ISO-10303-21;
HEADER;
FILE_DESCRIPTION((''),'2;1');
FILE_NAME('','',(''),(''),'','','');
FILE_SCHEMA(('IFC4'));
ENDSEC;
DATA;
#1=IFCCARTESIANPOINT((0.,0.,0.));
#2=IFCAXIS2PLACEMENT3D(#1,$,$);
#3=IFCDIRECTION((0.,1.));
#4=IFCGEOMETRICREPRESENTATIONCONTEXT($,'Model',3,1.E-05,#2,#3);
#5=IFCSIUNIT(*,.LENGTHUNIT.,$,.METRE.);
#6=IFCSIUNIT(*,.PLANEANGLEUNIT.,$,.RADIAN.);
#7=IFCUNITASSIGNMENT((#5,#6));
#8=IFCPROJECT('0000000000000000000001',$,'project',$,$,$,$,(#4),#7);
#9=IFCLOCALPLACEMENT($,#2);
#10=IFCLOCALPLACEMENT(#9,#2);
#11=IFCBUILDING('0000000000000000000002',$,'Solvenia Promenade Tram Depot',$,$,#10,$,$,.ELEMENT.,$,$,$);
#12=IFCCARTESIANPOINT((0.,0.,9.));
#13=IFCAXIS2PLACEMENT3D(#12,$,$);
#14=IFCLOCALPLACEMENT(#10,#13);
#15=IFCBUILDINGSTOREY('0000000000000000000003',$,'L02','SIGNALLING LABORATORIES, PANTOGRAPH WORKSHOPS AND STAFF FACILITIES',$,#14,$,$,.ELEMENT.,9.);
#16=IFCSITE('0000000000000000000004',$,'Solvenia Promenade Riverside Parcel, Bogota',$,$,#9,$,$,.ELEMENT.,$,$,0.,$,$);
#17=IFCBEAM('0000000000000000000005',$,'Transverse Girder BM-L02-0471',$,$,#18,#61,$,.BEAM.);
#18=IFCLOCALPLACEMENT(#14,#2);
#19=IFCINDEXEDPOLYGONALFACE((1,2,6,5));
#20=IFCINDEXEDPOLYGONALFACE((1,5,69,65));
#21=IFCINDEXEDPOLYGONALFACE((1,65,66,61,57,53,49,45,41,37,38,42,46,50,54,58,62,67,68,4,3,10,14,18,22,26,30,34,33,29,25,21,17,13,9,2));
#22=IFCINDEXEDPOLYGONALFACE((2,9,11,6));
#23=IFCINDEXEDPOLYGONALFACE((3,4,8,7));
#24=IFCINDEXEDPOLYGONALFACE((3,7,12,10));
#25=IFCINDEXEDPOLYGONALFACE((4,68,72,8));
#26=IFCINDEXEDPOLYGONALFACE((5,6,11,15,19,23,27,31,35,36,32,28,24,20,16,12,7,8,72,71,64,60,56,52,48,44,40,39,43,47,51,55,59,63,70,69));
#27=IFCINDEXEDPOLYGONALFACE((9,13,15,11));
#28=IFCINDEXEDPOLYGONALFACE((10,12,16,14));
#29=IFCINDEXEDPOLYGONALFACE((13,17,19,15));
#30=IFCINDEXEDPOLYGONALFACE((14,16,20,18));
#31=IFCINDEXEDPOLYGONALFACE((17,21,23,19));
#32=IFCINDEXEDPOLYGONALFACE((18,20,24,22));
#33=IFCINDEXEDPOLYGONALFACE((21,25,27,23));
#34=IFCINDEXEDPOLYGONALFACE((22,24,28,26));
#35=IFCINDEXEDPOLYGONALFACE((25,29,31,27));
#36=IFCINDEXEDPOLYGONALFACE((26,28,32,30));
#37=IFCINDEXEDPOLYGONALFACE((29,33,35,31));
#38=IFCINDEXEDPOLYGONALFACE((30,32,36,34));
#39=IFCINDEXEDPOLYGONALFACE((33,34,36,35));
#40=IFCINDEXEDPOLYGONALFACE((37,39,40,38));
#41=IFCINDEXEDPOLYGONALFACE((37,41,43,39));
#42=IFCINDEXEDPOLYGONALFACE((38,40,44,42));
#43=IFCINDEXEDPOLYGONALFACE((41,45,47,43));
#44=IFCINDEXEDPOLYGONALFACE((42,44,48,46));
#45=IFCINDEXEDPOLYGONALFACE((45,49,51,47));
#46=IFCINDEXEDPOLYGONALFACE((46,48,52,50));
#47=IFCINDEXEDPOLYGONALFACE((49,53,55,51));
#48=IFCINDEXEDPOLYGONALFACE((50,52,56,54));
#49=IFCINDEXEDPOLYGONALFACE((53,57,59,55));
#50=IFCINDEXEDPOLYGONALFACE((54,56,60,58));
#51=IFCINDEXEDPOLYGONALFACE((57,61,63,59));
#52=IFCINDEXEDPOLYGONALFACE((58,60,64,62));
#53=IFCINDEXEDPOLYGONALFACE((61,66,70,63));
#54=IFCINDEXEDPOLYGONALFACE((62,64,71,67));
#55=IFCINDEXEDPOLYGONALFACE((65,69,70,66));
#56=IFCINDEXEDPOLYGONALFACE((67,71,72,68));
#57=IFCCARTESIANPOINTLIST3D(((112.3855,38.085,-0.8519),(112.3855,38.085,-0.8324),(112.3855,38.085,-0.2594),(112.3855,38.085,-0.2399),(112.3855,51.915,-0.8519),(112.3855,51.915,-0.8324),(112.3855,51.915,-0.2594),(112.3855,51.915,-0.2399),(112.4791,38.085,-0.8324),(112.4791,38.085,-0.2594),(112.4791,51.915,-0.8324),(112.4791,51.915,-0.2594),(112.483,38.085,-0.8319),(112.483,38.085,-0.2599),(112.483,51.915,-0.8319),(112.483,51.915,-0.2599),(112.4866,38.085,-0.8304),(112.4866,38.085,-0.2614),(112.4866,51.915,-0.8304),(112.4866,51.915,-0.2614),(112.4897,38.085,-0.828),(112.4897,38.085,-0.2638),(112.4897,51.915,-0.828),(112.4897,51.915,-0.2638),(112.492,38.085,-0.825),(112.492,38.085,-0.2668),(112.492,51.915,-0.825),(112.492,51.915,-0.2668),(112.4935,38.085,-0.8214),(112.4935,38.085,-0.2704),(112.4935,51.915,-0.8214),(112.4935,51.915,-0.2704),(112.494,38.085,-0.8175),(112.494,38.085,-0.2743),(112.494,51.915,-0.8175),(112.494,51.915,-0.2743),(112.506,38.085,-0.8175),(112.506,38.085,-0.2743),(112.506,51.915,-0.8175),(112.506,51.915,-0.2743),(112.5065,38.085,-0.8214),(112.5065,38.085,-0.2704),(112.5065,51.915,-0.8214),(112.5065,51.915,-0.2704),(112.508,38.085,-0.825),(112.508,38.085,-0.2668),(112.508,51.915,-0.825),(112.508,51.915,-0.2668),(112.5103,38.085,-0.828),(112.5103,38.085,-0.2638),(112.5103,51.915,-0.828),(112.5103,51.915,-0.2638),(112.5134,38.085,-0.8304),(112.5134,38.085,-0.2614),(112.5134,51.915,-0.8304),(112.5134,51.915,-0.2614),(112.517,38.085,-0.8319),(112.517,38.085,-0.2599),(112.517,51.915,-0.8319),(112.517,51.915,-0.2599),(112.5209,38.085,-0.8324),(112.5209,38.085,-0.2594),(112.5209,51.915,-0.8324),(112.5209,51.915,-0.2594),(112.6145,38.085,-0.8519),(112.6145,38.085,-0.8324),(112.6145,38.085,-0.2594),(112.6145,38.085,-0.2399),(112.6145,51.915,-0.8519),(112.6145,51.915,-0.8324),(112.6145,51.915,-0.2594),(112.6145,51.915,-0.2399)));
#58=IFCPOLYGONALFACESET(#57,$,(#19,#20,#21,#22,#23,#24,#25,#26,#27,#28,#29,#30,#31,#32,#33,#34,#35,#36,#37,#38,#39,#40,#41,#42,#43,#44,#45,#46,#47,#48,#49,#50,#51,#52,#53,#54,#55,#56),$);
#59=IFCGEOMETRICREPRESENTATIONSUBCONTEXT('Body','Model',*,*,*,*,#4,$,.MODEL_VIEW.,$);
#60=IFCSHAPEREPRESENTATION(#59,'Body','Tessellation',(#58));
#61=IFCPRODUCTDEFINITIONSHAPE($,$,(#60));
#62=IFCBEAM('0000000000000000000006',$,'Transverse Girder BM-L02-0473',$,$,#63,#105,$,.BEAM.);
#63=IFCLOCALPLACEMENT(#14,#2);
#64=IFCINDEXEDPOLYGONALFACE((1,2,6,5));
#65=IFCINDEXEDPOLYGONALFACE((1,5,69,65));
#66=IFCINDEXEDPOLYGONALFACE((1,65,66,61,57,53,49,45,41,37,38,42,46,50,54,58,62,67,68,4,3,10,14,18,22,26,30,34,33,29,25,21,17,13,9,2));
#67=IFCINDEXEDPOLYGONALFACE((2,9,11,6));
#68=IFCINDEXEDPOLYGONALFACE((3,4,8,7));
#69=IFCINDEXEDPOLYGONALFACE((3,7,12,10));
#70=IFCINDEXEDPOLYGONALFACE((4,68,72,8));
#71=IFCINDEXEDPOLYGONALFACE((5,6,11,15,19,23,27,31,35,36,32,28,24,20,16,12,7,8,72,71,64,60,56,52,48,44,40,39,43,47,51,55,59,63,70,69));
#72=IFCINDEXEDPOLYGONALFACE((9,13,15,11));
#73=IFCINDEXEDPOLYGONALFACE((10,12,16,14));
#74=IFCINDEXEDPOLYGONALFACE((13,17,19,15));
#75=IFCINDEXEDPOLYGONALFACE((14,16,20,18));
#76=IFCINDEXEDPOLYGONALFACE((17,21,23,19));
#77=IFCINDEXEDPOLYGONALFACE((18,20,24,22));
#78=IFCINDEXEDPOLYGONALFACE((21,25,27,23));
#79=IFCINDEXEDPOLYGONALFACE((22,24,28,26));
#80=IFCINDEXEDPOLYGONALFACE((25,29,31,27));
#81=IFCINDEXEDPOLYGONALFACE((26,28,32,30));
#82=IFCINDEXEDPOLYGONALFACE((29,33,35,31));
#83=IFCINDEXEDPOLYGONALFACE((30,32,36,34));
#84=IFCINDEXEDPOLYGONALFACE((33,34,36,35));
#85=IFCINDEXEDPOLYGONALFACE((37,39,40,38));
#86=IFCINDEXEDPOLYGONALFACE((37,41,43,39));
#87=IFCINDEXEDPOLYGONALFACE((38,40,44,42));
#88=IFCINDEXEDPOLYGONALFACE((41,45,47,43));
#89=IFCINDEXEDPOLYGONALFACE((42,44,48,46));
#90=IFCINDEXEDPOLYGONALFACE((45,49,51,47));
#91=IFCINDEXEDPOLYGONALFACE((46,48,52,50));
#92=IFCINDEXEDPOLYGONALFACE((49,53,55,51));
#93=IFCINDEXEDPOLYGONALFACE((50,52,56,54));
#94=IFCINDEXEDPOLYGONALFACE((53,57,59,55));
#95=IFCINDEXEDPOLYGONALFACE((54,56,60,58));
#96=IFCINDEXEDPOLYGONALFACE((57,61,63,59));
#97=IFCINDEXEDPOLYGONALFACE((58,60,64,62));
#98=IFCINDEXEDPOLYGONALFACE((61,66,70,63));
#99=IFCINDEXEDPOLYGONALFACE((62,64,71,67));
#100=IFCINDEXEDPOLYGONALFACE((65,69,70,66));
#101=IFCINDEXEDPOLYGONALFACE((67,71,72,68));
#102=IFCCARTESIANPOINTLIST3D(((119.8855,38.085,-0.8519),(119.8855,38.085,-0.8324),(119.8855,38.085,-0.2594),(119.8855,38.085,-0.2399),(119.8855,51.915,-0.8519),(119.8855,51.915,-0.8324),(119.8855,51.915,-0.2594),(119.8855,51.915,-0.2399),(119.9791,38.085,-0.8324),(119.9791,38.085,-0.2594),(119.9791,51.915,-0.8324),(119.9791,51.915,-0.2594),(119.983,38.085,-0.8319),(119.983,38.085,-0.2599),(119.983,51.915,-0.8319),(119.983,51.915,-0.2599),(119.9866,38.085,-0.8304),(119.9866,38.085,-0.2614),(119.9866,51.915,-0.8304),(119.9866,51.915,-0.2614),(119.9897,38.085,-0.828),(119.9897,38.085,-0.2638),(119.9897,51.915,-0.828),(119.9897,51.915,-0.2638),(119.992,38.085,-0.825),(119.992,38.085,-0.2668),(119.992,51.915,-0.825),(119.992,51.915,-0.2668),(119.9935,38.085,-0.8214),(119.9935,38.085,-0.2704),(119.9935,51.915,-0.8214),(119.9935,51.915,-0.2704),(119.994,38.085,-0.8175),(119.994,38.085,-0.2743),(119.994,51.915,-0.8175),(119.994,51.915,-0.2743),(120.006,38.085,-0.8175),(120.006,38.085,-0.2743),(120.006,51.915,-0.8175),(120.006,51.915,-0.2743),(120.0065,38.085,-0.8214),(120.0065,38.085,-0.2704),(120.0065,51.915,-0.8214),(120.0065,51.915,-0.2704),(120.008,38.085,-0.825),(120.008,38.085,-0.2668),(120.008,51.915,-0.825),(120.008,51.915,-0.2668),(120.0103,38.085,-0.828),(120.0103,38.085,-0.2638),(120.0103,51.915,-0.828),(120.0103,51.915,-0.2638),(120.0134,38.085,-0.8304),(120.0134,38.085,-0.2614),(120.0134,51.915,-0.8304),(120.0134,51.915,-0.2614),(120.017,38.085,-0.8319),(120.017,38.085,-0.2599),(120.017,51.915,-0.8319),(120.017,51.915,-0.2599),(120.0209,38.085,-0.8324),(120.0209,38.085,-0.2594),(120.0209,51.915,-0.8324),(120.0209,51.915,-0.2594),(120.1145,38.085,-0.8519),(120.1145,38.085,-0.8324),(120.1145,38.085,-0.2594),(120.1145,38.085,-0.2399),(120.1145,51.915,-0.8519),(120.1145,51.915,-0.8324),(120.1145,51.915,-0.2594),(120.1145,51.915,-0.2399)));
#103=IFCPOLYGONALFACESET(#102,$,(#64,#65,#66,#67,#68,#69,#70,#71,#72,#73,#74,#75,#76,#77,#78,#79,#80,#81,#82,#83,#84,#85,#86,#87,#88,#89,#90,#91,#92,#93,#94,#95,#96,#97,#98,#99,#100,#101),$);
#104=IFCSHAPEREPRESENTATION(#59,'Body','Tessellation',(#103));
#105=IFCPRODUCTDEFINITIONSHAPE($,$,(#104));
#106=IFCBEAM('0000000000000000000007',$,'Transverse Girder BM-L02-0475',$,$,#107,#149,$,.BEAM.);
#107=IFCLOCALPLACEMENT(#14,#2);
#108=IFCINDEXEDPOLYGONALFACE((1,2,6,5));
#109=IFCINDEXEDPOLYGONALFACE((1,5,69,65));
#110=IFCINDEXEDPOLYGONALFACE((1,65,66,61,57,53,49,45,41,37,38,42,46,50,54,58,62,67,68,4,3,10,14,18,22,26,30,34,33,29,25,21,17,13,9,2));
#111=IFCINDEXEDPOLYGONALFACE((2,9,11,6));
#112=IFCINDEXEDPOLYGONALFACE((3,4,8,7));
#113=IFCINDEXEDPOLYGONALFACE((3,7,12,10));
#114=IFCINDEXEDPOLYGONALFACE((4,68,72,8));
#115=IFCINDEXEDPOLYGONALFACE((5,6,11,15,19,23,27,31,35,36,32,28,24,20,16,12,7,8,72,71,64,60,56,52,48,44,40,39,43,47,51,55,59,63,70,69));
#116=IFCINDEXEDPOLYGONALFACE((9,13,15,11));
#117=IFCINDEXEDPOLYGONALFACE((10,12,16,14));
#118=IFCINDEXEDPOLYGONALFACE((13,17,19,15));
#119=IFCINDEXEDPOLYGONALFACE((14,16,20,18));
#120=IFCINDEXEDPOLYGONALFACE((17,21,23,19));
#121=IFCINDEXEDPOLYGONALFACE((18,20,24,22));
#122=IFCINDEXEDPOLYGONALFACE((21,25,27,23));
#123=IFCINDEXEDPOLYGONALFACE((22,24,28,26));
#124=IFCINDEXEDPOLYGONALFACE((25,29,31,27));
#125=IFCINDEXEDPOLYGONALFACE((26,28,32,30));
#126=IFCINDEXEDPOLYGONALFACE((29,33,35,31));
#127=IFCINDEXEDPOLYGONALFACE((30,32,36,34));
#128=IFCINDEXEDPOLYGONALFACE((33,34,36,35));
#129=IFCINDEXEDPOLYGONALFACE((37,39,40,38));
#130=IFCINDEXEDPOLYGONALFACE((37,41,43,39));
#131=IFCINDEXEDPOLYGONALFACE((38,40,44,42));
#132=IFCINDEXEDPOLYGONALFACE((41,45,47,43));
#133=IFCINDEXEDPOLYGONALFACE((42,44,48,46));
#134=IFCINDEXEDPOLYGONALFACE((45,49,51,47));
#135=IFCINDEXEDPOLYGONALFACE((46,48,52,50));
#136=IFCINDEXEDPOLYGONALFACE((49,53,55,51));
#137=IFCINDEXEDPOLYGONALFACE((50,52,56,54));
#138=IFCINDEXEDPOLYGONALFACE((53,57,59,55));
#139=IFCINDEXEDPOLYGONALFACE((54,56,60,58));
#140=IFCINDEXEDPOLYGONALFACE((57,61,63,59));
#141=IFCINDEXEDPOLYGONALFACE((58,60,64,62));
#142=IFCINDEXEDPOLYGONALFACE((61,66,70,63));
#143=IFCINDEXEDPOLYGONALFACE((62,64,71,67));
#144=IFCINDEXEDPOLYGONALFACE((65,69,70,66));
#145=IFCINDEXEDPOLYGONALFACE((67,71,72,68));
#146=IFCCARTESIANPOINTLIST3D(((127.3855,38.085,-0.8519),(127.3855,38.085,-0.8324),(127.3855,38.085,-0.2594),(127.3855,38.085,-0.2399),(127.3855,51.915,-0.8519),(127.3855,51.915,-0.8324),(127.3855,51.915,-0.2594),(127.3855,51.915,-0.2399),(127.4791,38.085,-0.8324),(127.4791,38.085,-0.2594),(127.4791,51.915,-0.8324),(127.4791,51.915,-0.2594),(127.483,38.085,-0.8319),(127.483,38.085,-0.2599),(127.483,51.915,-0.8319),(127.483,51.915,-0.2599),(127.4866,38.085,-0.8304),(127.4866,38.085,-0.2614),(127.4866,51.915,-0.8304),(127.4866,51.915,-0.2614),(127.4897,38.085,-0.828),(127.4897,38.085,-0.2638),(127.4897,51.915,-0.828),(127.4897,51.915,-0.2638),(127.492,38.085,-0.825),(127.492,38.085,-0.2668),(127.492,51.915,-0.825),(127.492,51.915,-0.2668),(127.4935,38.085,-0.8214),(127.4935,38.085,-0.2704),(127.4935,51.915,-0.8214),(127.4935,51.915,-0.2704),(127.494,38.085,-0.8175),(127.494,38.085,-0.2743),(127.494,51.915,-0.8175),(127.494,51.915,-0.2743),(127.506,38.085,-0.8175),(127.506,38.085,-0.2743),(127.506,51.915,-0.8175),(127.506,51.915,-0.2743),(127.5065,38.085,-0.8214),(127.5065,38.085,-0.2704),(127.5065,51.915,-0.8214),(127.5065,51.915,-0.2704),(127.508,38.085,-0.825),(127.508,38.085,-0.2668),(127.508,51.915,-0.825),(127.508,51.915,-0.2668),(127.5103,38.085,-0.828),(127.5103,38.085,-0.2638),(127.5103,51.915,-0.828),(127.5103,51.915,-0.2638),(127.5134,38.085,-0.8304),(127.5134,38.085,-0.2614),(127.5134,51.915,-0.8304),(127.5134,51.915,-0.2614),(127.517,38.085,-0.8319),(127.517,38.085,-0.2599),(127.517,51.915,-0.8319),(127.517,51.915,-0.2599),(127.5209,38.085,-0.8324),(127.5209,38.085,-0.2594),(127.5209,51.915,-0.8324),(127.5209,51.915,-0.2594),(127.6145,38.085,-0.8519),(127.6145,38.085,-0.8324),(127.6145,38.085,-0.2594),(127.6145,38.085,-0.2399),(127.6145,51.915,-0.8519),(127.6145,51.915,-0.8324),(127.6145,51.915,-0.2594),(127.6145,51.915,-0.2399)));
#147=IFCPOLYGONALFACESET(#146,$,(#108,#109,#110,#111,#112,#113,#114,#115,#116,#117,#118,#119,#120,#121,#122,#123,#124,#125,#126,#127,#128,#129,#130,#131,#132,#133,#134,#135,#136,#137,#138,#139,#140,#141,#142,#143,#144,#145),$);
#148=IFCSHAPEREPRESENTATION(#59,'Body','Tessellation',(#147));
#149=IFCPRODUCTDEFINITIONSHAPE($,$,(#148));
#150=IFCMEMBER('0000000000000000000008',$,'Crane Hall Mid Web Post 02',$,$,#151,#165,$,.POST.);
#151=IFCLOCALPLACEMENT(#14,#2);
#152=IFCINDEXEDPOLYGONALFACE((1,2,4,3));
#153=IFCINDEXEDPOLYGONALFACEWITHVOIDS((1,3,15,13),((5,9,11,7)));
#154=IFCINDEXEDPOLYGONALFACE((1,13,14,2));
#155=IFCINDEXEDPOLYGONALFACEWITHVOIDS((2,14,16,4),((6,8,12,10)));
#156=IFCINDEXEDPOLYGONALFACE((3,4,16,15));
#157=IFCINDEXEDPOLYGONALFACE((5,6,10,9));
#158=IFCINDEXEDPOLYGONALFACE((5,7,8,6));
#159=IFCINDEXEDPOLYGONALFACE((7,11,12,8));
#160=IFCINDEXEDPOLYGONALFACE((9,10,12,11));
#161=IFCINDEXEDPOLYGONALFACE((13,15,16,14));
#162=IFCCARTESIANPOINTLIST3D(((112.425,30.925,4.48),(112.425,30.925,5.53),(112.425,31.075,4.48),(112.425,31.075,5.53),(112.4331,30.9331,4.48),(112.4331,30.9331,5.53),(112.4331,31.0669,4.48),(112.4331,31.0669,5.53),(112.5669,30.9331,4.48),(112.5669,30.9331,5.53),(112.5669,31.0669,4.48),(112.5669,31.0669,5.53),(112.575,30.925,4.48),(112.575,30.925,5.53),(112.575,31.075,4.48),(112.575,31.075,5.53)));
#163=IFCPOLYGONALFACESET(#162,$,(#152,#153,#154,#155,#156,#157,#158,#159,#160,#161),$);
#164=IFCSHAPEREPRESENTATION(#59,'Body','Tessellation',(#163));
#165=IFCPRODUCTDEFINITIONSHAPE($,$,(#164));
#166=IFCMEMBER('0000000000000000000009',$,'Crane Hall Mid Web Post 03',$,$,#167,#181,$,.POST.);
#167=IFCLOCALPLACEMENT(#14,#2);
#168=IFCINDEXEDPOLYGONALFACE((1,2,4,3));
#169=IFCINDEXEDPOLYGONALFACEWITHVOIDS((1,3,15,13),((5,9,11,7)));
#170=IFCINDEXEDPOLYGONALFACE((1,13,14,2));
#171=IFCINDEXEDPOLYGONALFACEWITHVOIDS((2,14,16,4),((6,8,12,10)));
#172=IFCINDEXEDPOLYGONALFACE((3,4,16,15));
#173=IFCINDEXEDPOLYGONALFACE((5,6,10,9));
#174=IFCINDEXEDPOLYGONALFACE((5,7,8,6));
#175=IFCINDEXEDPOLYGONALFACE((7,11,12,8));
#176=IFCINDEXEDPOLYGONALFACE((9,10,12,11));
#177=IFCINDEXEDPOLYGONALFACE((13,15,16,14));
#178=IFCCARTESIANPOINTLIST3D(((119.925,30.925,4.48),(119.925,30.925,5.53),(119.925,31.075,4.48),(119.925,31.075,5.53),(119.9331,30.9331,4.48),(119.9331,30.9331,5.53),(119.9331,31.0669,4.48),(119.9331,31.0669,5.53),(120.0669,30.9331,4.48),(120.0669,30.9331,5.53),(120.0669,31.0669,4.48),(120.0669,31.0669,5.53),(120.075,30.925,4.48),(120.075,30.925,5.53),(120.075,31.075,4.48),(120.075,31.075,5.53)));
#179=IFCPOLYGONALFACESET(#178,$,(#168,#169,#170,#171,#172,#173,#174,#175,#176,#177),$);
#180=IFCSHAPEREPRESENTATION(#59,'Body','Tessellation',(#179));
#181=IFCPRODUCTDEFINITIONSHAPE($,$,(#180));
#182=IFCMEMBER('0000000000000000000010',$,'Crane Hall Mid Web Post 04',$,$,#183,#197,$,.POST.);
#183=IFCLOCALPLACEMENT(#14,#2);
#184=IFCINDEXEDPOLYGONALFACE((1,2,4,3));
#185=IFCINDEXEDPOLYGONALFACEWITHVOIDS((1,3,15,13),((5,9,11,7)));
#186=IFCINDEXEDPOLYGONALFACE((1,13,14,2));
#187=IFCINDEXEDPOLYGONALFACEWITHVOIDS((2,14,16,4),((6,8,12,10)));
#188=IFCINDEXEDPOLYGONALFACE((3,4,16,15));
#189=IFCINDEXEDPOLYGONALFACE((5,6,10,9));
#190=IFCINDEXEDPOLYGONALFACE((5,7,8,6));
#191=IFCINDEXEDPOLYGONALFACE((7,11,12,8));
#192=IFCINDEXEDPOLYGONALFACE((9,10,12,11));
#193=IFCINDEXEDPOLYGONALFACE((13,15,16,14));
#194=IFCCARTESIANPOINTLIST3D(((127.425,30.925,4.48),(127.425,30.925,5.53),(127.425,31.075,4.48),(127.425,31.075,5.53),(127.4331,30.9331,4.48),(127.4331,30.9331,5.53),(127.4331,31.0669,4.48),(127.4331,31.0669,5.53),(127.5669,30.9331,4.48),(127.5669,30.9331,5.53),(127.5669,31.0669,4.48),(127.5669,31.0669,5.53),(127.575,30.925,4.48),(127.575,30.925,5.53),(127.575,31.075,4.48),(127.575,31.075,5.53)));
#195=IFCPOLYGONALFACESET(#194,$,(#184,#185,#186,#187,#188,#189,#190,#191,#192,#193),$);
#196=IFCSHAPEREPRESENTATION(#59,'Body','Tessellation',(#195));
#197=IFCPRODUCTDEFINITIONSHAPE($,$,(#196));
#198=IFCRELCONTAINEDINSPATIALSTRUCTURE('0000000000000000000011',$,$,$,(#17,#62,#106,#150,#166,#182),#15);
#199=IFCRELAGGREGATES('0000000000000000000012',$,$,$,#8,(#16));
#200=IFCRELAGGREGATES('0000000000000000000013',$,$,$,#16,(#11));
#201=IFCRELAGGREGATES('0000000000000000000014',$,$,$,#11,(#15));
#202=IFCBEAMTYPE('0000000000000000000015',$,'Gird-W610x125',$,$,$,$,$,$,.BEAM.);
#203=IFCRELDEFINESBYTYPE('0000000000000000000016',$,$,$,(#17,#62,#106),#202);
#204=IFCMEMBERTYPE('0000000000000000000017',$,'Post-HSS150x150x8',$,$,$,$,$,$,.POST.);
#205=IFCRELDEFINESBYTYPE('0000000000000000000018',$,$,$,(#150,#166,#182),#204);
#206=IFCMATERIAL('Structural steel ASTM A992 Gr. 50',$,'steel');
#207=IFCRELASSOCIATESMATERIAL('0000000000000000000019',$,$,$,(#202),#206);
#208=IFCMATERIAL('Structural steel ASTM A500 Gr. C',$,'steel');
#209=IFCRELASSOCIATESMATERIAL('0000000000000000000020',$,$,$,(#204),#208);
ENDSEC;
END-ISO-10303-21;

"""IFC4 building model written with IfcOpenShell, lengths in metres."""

from ifc_helpers import new_model, si_unit, direction, frame, origin, origin_2d, place, context, subcontext, project, spatial, hollow_rectangle, i_section, extrude, material, material_profile, profile_set, type_object, element, save


model = new_model("IFC4")

# Units and contexts
model_context = context("Model", 3, precision=1e-05, world=origin(), true_north=direction((0.0, 1.0)))
body_context = subcontext(model_context, "Body", "Model", "MODEL_VIEW")
ifc_project = project(units=[si_unit("LENGTHUNIT", "METRE"), si_unit("PLANEANGLEUNIT", "RADIAN")], contexts=[model_context])

# Site, building, storey
site_placement = place(None, origin())
site = spatial("IfcSite", under=ifc_project, at=site_placement, Name="Solvenia Promenade Riverside Parcel, Bogota", CompositionType="ELEMENT", RefElevation=0.0)
building_placement = place(site_placement, origin())
building = spatial("IfcBuilding", under=site, at=building_placement, Name="Solvenia Promenade Tram Depot", CompositionType="ELEMENT")
storey_placement = place(building_placement, frame((0.0, 0.0, 9.0)))
storey = spatial("IfcBuildingStorey", under=building, at=storey_placement, Name="L02", Description="SIGNALLING LABORATORIES, PANTOGRAPH WORKSHOPS AND STAFF FACILITIES", CompositionType="ELEMENT", Elevation=9.0)

# Shared definitions
ifc_material_1 = material(Name="Structural steel ASTM A992 Gr. 50", Category="steel")

# Shared definitions
ifc_material_2 = material(Name="Structural steel ASTM A500 Gr. C", Category="steel")

# Beams
ifc_material_profile_1 = material_profile(ifc_material_1, i_section(OverallWidth=0.229, OverallDepth=0.6121, WebThickness=0.012, FlangeThickness=0.0195, FilletRadius=0.0149, at=origin_2d()), Name="W610x125", Category="steel")
ifc_profile_set_1 = profile_set([ifc_material_profile_1], Name="Structural steel ASTM A992 Gr. 50")
beam_type_1 = type_object("IfcBeamType", Name="Gird-W610x125", PredefinedType="BEAM", material=ifc_profile_set_1)
for number, where, z_axis, x_axis, name in (
    (1, (112.5, 38.085, -0.5459), (0.0, 1.0, 0.0), (-1.0, 0.0, 0.0), "Transverse Girder BM-L02-0471"),
    (2, (120.0, 38.085, -0.5459), (0.0, 1.0, 0.0), (-1.0, 0.0, 0.0), "Transverse Girder BM-L02-0473"),
    (3, (127.5, 38.085, -0.5459), (0.0, 1.0, 0.0), (-1.0, 0.0, 0.0), "Transverse Girder BM-L02-0475"),
):
    element("IfcBeam", number, at=place(storey_placement, frame(where, z_axis=z_axis, x_axis=x_axis)), inside=storey, type_object=beam_type_1, Name=name, PredefinedType="BEAM", context=body_context, shape_type="SweptSolid", body=[
        extrude(i_section(OverallWidth=0.229, OverallDepth=0.6121, WebThickness=0.012, FlangeThickness=0.0195, FilletRadius=0.0149, at=origin_2d()), origin(), (0.0, 0.0, 1.0), 13.8301),
    ])

# Members
ifc_material_profile_2 = material_profile(ifc_material_2, hollow_rectangle(XDim=0.1499, YDim=0.1499, WallThickness=0.0081, at=origin_2d()), Name="HSS150x150x8", Category="steel")
ifc_profile_set_2 = profile_set([ifc_material_profile_2], Name="Structural steel ASTM A500 Gr. C")
member_type_1 = type_object("IfcMemberType", Name="Post-HSS150x150x8", PredefinedType="POST", material=ifc_profile_set_2)
for number, where, z_axis, x_axis, name in (
    (4, (112.5, 31.0, 4.48), (0.0, 0.0, 1.0), (1.0, 0.0, 0.0), "Crane Hall Mid Web Post 02"),
    (5, (120.0, 31.0, 4.48), (0.0, 0.0, 1.0), (1.0, 0.0, 0.0), "Crane Hall Mid Web Post 03"),
    (6, (127.5, 31.0, 4.48), (0.0, 0.0, 1.0), (1.0, 0.0, 0.0), "Crane Hall Mid Web Post 04"),
):
    element("IfcMember", number, at=place(storey_placement, frame(where, z_axis=z_axis, x_axis=x_axis)), inside=storey, type_object=member_type_1, Name=name, PredefinedType="POST", context=body_context, shape_type="SweptSolid", body=[
        extrude(hollow_rectangle(XDim=0.1499, YDim=0.1499, WallThickness=0.0081, at=origin_2d()), origin(), (0.0, 0.0, 1.0), 1.05),
    ])

save(model, "model.ifc")
